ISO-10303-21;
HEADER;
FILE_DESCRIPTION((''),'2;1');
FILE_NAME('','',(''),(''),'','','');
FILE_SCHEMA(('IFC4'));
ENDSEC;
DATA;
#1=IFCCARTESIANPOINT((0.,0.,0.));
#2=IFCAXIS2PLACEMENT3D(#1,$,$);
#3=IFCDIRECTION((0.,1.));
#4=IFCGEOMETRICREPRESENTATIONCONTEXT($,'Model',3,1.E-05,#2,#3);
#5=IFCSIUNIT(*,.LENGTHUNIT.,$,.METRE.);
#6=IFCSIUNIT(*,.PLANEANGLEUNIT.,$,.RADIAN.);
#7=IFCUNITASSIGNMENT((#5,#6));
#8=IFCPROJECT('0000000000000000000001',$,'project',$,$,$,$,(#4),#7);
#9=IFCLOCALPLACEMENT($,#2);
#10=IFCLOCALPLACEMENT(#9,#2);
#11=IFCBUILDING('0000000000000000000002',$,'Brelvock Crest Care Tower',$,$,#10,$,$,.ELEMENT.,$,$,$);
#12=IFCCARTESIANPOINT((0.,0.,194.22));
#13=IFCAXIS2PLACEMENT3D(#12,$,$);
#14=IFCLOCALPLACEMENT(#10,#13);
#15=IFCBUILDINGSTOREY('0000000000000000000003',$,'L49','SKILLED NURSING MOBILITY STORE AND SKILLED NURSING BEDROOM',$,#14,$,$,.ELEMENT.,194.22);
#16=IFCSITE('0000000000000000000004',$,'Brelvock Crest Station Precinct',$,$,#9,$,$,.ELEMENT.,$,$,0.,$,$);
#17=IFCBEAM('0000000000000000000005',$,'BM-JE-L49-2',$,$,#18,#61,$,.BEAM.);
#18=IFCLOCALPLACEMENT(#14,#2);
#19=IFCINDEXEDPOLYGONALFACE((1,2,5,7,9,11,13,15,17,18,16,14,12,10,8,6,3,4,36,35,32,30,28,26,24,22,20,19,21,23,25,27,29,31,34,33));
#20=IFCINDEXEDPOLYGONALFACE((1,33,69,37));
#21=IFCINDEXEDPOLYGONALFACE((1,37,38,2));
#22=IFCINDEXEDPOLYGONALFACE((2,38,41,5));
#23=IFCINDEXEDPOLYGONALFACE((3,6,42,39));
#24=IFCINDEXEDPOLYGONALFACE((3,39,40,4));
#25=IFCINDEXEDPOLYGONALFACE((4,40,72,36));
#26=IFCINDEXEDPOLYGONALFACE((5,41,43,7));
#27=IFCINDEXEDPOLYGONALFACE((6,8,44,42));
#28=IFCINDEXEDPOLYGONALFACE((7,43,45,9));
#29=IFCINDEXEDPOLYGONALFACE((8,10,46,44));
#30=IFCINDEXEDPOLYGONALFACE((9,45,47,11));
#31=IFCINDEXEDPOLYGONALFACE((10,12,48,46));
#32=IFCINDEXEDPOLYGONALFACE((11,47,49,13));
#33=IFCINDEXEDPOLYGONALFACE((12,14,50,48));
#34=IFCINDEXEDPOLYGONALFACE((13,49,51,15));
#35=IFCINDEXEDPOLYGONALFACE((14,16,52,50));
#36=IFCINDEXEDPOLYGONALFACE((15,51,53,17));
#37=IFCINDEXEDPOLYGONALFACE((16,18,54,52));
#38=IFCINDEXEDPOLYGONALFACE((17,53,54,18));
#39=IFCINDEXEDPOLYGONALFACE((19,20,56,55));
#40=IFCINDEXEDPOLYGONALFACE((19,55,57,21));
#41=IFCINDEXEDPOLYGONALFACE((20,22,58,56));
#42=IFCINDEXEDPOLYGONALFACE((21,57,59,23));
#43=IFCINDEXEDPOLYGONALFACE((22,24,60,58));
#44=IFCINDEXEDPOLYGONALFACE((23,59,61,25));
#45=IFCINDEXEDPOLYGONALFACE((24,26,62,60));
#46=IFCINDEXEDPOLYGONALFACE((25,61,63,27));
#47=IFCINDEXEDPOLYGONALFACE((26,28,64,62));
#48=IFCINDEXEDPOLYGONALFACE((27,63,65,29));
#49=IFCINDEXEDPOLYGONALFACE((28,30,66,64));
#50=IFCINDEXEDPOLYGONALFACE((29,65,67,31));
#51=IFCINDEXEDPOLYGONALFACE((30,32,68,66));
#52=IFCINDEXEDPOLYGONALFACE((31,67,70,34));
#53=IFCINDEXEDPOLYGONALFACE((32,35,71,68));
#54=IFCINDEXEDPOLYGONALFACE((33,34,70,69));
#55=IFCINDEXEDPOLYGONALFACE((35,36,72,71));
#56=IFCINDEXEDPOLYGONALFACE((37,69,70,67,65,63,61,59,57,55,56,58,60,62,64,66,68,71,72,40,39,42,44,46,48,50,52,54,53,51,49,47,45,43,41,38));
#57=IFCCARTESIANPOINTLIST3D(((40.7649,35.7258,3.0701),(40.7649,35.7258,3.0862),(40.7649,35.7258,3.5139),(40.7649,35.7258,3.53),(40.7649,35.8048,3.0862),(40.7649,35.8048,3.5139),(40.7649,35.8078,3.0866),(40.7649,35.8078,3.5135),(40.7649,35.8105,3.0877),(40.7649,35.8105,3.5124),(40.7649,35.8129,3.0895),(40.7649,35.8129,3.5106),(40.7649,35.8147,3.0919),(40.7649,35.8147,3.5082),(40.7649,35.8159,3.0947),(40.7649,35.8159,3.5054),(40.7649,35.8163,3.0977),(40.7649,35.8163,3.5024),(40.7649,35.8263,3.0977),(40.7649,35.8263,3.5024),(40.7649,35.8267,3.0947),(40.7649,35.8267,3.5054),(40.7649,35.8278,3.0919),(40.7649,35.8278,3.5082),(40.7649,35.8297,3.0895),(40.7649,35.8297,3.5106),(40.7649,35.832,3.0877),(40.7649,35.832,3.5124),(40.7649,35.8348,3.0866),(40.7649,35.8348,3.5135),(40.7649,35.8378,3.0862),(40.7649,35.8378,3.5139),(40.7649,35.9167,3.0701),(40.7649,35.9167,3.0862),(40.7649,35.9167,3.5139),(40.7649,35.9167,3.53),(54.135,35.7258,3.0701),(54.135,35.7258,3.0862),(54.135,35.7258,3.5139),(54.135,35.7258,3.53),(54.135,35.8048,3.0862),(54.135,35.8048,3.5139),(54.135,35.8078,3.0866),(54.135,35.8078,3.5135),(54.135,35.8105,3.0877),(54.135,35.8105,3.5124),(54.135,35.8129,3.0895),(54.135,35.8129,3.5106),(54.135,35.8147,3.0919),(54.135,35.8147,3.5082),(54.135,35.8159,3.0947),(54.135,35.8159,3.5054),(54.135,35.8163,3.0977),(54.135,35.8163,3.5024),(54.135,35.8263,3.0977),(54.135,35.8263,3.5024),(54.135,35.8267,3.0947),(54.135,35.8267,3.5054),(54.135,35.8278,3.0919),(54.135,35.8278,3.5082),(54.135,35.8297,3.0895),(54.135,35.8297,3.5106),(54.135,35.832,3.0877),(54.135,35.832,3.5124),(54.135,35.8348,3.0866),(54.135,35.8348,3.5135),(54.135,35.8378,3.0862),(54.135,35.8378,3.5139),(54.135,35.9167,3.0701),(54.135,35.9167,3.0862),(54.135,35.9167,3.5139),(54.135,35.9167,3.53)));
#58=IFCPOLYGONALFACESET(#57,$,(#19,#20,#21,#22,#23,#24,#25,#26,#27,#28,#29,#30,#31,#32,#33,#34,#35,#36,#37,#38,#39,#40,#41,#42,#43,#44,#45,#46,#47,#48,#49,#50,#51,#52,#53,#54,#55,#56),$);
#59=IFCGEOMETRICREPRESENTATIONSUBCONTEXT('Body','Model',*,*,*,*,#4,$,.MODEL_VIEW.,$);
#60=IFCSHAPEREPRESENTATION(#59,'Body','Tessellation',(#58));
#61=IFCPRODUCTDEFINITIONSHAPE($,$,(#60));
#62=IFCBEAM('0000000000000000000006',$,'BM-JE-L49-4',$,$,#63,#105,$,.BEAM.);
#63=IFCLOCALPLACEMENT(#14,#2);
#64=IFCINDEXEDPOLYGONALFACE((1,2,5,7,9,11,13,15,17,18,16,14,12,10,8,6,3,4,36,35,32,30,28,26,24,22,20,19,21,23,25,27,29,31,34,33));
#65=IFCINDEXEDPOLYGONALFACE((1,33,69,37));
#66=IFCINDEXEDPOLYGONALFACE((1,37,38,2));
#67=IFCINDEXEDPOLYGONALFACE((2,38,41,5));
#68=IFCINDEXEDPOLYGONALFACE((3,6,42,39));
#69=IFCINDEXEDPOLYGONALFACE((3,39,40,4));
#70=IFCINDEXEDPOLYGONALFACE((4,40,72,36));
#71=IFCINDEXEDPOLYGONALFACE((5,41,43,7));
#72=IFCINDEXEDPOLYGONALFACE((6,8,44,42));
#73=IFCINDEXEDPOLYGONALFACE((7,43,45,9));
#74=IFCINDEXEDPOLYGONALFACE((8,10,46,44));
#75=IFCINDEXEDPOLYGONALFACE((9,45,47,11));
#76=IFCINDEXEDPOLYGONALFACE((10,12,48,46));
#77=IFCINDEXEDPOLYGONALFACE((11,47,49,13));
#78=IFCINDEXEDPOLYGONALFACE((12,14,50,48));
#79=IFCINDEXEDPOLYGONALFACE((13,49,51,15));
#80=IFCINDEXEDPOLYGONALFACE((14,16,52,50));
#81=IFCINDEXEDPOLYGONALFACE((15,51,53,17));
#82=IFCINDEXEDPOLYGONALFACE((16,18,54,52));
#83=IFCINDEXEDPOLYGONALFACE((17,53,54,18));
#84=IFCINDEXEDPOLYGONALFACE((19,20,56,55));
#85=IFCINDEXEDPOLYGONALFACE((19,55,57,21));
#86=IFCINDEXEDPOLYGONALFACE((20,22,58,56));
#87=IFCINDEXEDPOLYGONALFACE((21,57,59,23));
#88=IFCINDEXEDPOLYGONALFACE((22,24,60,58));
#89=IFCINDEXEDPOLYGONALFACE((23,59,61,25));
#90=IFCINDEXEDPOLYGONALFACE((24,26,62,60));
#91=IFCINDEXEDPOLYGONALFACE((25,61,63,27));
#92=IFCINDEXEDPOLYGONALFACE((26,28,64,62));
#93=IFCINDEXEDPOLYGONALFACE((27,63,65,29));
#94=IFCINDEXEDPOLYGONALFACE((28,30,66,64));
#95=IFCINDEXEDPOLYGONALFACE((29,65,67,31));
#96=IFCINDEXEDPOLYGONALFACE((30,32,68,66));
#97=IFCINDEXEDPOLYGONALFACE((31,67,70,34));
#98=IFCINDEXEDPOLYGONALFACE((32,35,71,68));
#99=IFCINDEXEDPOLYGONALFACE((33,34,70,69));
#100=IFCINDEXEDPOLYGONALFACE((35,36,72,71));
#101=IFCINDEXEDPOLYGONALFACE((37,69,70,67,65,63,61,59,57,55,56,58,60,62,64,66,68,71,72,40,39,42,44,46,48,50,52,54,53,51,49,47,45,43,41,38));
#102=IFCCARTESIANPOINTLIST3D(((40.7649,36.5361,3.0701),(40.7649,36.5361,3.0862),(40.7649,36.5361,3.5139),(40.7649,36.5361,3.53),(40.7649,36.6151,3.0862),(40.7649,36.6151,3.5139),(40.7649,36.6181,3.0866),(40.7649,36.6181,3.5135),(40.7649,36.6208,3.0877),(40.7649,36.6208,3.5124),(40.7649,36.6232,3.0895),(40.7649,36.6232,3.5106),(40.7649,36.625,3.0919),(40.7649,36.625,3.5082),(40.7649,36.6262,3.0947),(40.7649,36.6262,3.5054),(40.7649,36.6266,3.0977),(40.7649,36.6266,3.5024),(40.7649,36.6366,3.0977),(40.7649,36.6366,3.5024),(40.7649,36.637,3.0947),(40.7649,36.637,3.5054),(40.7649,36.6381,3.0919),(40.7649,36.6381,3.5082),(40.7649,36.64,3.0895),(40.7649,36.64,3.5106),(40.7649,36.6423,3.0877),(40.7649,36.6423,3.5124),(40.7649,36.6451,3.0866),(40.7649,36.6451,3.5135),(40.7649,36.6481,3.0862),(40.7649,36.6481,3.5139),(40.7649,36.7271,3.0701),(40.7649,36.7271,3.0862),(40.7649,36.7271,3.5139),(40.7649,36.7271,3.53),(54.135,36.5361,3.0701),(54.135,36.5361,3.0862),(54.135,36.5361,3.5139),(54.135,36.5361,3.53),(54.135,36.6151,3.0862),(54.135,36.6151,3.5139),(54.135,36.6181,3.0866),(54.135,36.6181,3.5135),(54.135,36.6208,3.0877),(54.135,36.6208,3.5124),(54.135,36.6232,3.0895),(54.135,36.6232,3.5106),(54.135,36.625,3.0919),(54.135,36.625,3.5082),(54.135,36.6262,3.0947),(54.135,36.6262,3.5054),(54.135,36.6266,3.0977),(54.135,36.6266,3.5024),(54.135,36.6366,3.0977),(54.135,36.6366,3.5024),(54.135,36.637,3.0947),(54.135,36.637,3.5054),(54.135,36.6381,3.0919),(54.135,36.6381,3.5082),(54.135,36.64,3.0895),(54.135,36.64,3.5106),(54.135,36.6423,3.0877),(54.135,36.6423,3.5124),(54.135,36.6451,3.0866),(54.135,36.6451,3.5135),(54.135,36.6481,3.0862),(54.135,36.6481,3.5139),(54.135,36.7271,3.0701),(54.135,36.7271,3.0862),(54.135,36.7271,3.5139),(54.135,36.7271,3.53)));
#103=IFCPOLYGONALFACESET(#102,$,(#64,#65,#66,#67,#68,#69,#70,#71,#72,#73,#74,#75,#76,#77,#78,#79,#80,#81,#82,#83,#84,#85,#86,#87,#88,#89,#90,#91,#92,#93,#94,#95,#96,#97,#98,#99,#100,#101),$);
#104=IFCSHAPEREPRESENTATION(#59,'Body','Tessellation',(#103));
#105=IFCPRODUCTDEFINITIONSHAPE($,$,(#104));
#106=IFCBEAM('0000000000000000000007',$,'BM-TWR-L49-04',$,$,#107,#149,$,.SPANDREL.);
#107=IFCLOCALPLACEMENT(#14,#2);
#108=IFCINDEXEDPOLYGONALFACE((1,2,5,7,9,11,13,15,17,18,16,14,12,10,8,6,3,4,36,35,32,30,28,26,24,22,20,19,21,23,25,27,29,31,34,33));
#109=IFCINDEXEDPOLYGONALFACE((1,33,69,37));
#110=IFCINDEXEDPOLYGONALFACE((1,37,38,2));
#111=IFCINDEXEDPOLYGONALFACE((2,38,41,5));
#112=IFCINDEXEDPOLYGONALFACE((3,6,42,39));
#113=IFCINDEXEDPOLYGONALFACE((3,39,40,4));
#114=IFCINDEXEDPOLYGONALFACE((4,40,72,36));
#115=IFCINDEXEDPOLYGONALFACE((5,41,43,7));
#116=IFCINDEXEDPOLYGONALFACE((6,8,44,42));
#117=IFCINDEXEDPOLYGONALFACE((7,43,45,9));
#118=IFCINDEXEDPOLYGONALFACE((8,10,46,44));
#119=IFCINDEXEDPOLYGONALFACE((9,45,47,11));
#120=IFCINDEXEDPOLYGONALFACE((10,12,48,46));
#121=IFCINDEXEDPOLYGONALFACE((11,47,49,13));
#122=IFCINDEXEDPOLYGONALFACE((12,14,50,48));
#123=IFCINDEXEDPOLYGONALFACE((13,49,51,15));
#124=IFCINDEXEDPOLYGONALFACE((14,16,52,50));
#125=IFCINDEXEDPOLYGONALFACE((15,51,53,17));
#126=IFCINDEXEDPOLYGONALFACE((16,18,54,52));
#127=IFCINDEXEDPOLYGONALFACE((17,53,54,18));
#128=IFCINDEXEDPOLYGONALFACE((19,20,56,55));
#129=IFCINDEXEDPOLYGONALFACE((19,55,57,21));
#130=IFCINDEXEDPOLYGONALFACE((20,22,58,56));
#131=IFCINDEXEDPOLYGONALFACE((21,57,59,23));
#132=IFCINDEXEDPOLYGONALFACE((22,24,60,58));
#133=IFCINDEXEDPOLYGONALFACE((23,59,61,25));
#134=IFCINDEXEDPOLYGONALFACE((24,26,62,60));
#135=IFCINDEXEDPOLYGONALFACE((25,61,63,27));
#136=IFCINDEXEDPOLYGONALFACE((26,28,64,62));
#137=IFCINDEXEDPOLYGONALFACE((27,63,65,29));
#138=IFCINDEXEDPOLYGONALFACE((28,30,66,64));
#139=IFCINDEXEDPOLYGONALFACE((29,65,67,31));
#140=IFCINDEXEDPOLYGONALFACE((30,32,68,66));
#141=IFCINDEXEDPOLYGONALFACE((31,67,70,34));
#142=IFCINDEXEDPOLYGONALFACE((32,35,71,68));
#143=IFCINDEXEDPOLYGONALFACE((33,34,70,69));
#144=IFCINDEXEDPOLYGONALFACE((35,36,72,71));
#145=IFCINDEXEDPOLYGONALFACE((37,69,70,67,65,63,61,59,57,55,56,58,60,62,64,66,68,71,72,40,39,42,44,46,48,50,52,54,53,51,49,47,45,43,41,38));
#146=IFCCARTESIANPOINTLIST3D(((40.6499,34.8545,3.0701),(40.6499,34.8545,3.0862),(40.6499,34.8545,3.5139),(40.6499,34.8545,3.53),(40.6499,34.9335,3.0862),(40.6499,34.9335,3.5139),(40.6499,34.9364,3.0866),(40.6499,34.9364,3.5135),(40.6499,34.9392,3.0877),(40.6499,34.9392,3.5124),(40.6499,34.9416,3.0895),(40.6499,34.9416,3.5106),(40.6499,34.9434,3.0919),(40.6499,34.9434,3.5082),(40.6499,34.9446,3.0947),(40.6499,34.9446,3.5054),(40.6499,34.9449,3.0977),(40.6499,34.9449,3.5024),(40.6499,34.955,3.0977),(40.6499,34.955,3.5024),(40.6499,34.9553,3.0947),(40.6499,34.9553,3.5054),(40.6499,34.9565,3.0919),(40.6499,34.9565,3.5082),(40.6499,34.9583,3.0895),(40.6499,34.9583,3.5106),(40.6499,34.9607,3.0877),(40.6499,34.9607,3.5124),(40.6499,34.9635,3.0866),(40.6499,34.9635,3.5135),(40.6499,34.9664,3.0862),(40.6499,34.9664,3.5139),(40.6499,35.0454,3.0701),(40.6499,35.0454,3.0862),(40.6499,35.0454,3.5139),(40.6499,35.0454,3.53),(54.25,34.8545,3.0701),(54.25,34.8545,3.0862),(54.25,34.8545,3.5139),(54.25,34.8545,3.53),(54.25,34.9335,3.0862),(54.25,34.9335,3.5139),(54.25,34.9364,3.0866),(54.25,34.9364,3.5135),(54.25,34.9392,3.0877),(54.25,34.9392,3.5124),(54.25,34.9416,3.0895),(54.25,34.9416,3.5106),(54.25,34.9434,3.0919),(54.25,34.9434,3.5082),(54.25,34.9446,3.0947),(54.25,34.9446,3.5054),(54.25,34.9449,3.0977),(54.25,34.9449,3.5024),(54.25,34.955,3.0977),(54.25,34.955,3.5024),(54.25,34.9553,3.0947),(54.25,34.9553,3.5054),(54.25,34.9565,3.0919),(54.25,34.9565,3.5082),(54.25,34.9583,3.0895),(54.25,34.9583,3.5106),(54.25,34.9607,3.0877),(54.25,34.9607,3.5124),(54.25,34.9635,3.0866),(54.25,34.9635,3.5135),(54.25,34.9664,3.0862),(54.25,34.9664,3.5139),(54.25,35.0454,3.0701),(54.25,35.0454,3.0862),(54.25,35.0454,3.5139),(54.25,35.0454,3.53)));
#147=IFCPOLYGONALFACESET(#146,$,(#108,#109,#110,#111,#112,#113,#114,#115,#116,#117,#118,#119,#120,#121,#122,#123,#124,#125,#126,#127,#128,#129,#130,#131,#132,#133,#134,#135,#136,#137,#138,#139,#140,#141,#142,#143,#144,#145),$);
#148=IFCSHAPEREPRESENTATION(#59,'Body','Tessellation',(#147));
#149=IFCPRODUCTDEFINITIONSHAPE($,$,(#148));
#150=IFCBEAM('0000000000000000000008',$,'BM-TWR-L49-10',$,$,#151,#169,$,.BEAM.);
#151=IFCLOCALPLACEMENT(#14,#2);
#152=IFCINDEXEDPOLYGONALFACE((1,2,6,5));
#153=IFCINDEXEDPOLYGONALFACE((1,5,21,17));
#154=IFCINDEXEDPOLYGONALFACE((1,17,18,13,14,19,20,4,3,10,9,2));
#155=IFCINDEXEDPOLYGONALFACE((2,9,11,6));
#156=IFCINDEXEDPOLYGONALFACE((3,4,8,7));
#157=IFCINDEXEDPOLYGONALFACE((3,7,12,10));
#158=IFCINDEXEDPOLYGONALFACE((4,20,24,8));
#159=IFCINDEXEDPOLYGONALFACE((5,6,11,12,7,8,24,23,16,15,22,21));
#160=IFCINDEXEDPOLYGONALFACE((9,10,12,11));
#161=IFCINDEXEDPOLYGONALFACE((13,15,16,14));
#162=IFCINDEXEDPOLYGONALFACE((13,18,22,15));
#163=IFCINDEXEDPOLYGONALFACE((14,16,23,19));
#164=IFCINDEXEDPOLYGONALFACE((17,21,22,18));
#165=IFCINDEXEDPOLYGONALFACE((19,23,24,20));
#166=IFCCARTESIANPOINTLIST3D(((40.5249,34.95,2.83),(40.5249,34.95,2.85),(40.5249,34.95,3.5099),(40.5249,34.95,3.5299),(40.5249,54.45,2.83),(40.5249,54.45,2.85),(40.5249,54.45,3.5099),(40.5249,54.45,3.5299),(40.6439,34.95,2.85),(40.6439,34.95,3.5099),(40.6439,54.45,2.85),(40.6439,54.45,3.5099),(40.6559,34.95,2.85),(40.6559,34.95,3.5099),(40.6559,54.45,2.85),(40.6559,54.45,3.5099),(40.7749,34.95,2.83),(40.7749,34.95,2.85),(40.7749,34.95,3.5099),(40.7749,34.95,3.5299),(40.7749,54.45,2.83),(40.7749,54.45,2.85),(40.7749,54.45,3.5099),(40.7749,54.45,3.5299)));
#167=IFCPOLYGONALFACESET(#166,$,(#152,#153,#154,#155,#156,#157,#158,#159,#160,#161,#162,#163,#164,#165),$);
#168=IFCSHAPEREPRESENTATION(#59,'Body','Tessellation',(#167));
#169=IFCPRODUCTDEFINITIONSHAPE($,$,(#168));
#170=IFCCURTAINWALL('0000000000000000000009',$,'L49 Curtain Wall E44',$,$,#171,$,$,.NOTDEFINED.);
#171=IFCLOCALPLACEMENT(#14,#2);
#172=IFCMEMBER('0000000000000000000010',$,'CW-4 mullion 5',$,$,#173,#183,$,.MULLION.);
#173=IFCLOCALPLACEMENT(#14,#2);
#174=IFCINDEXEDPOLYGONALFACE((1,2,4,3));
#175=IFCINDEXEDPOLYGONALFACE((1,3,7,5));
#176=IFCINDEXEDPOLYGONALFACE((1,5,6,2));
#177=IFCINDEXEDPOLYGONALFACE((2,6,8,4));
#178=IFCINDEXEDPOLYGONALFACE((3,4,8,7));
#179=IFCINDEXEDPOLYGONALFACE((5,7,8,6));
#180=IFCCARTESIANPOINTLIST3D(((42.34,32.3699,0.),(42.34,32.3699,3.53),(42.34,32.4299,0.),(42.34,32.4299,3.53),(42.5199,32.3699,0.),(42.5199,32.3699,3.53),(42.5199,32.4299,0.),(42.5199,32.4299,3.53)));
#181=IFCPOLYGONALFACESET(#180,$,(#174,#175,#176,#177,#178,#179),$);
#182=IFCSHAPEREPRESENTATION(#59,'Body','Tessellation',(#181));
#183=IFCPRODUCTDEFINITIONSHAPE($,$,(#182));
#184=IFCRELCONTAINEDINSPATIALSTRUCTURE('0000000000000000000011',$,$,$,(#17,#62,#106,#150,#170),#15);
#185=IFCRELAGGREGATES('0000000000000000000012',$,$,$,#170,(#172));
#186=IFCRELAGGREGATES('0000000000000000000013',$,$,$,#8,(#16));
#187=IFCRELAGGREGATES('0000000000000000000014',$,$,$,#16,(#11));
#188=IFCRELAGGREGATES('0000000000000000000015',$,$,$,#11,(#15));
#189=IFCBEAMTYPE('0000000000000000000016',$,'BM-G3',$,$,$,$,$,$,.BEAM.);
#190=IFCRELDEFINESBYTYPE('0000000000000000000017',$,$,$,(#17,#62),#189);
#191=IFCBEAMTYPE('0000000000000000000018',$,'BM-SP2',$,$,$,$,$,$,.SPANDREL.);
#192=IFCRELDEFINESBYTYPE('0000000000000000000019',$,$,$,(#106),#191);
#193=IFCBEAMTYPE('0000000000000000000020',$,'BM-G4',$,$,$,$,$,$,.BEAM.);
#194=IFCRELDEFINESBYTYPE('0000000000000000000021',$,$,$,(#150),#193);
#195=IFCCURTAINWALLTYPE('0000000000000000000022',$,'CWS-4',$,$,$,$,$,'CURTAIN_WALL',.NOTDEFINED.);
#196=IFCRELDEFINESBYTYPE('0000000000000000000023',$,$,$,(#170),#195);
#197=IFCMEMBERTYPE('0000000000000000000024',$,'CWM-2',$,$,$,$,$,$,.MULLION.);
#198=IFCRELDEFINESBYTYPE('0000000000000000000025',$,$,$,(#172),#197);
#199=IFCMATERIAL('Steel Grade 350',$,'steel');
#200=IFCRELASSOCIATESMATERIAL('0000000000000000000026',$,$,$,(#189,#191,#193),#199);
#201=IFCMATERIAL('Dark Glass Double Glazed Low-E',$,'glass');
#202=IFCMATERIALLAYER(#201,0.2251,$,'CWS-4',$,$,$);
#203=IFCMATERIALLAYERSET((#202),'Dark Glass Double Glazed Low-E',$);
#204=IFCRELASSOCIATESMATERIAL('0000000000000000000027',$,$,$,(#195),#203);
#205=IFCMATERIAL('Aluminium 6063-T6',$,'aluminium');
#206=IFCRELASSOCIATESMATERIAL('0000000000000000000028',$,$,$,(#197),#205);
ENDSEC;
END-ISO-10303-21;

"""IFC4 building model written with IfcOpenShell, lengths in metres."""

from ifc_helpers import new_model, si_unit, direction, frame, origin, origin_2d, place, context, subcontext, project, spatial, rectangle, i_section, extrude, source, transform, mapped, material, layer, layer_set, material_profile, profile_set, type_object, element, aggregate, save


model = new_model("IFC4")

# Units and contexts
model_context = context("Model", 3, precision=1e-05, world=origin(), true_north=direction((0.0, 1.0)))
body_context = subcontext(model_context, "Body", "Model", "MODEL_VIEW")
ifc_project = project(units=[si_unit("LENGTHUNIT", "METRE"), si_unit("PLANEANGLEUNIT", "RADIAN")], contexts=[model_context])

# Site, building, storey
site_placement = place(None, origin())
site = spatial("IfcSite", under=ifc_project, at=site_placement, Name="Brelvock Crest Station Precinct", CompositionType="ELEMENT", RefElevation=0.0)
building_placement = place(site_placement, origin())
building = spatial("IfcBuilding", under=site, at=building_placement, Name="Brelvock Crest Care Tower", CompositionType="ELEMENT")
storey_placement = place(building_placement, frame((0.0, 0.0, 194.22)))
storey = spatial("IfcBuildingStorey", under=building, at=storey_placement, Name="L49", Description="SKILLED NURSING MOBILITY STORE AND SKILLED NURSING BEDROOM", CompositionType="ELEMENT", Elevation=194.22)

# Shared definitions
ifc_material_1 = material(Name="Steel Grade 350", Category="steel")

# Beams
ifc_material_profile_1 = material_profile(ifc_material_1, i_section(OverallWidth=0.1909, OverallDepth=0.46, WebThickness=0.01, FlangeThickness=0.0161, FilletRadius=0.0115, at=origin_2d()), Name="460UB82.1")
ifc_profile_set_1 = profile_set([ifc_material_profile_1], Name="Steel Grade 350")
beam_type_1 = type_object("IfcBeamType", Name="BM-G3", PredefinedType="BEAM", material=ifc_profile_set_1)
shared_shape_1 = source(origin(), body_context, "Body", "SweptSolid", [
    extrude(i_section(OverallWidth=0.1909, OverallDepth=0.46, WebThickness=0.01, FlangeThickness=0.0161, FilletRadius=0.0115, at=origin_2d()), origin(), (0.0, 0.0, 1.0), 13.3701),
])
for number, where, z_axis, x_axis, name in (
    (1, (40.7649, 35.8213, 3.3), (1.0, 0.0, 0.0), (0.0, 1.0, 0.0), "BM-JE-L49-2"),
    (2, (40.7649, 36.6316, 3.3), (1.0, 0.0, 0.0), (0.0, 1.0, 0.0), "BM-JE-L49-4"),
):
    element("IfcBeam", number, at=place(storey_placement, frame(where, z_axis=z_axis, x_axis=x_axis)), inside=storey, type_object=beam_type_1, Name=name, PredefinedType="BEAM", context=body_context, shape_type="MappedRepresentation", body=[
        mapped(shared_shape_1, transform((0.0, 0.0, 0.0), x_axis=(1.0, 0.0, 0.0), y_axis=(0.0, 1.0, 0.0), z_axis=(0.0, 0.0, 1.0), scale=1.0)),
    ])
ifc_material_profile_2 = material_profile(ifc_material_1, i_section(OverallWidth=0.1909, OverallDepth=0.46, WebThickness=0.01, FlangeThickness=0.0161, FilletRadius=0.0115, at=origin_2d()), Name="460UB82.1")
ifc_profile_set_2 = profile_set([ifc_material_profile_2], Name="Steel Grade 350")
beam_type_2 = type_object("IfcBeamType", Name="BM-SP2", PredefinedType="SPANDREL", material=ifc_profile_set_2)
shared_shape_2 = source(origin(), body_context, "Body", "SweptSolid", [
    extrude(i_section(OverallWidth=0.1909, OverallDepth=0.46, WebThickness=0.01, FlangeThickness=0.0161, FilletRadius=0.0115, at=origin_2d()), origin(), (0.0, 0.0, 1.0), 13.6001),
])
beam_1_placement = place(storey_placement, frame((40.6499, 34.95, 3.3), z_axis=(1.0, 0.0, 0.0), x_axis=(0.0, 1.0, 0.0)))
element("IfcBeam", 3, at=beam_1_placement, inside=storey, type_object=beam_type_2, Name="BM-TWR-L49-04", PredefinedType="SPANDREL", context=body_context, shape_type="MappedRepresentation", body=[
    mapped(shared_shape_2, transform((0.0, 0.0, 0.0), x_axis=(1.0, 0.0, 0.0), y_axis=(0.0, 1.0, 0.0), z_axis=(0.0, 0.0, 1.0), scale=1.0)),
])
ifc_material_profile_3 = material_profile(ifc_material_1, i_section(OverallWidth=0.25, OverallDepth=0.7, WebThickness=0.012, FlangeThickness=0.02, at=origin_2d()), Name="700WB150")
ifc_profile_set_3 = profile_set([ifc_material_profile_3], Name="Steel Grade 350")
beam_type_3 = type_object("IfcBeamType", Name="BM-G4", PredefinedType="BEAM", material=ifc_profile_set_3)
shared_shape_3 = source(origin(), body_context, "Body", "SweptSolid", [
    extrude(i_section(OverallWidth=0.25, OverallDepth=0.7, WebThickness=0.012, FlangeThickness=0.02, at=origin_2d()), origin(), (0.0, 0.0, 1.0), 19.5),
])
beam_2_placement = place(storey_placement, frame((40.6499, 34.95, 3.1799), z_axis=(0.0, 1.0, 0.0), x_axis=(-1.0, 0.0, 0.0)))
element("IfcBeam", 4, at=beam_2_placement, inside=storey, type_object=beam_type_3, Name="BM-TWR-L49-10", PredefinedType="BEAM", context=body_context, shape_type="MappedRepresentation", body=[
    mapped(shared_shape_3, transform((0.0, 0.0, 0.0), x_axis=(1.0, 0.0, 0.0), y_axis=(0.0, 1.0, 0.0), z_axis=(0.0, 0.0, 1.0), scale=1.0)),
])

# Curtain wall, member
ifc_material_2 = material(Name="Dark Glass Double Glazed Low-E", Category="glass")
ifc_layer_1 = layer(ifc_material_2, 0.2251, Name="CWS-4")
ifc_layer_set_1 = layer_set([ifc_layer_1], Name="Dark Glass Double Glazed Low-E")
curtain_wall_type = type_object("IfcCurtainWallType", Name="CWS-4", ElementType="CURTAIN_WALL", PredefinedType="NOTDEFINED", material=ifc_layer_set_1)
curtain_wall_1_placement = place(storey_placement, origin())
curtain_wall_1 = element("IfcCurtainWall", 5, at=curtain_wall_1_placement, inside=storey, type_object=curtain_wall_type, Name="L49 Curtain Wall E44", PredefinedType="NOTDEFINED")
ifc_material_3 = material(Name="Aluminium 6063-T6", Category="aluminium")
ifc_material_profile_4 = material_profile(ifc_material_3, rectangle(XDim=0.0601, YDim=0.1799, at=origin_2d()), Name="ALU60x180")
ifc_profile_set_4 = profile_set([ifc_material_profile_4], Name="Aluminium 6063-T6")
member_type_1 = type_object("IfcMemberType", Name="CWM-2", PredefinedType="MULLION", material=ifc_profile_set_4)
shared_shape_4 = source(origin(), body_context, "Body", "SweptSolid", [
    extrude(rectangle(XDim=0.0601, YDim=0.1799, at=origin_2d()), origin(), (0.0, 0.0, 1.0), 3.53),
])
member_1_placement = place(storey_placement, frame((42.4299, 32.3999, 0.0), z_axis=(0.0, 0.0, 1.0), x_axis=(0.0, -1.0, 0.0)))
member_1 = element("IfcMember", 6, at=member_1_placement, type_object=member_type_1, Name="CW-4 mullion 5", PredefinedType="MULLION", context=body_context, shape_type="MappedRepresentation", body=[
    mapped(shared_shape_4, transform((0.0, 0.0, 0.0), x_axis=(1.0, 0.0, 0.0), y_axis=(0.0, 1.0, 0.0), z_axis=(0.0, 0.0, 1.0), scale=1.0)),
])
aggregate(curtain_wall_1, [member_1])

save(model, "model.ifc")
